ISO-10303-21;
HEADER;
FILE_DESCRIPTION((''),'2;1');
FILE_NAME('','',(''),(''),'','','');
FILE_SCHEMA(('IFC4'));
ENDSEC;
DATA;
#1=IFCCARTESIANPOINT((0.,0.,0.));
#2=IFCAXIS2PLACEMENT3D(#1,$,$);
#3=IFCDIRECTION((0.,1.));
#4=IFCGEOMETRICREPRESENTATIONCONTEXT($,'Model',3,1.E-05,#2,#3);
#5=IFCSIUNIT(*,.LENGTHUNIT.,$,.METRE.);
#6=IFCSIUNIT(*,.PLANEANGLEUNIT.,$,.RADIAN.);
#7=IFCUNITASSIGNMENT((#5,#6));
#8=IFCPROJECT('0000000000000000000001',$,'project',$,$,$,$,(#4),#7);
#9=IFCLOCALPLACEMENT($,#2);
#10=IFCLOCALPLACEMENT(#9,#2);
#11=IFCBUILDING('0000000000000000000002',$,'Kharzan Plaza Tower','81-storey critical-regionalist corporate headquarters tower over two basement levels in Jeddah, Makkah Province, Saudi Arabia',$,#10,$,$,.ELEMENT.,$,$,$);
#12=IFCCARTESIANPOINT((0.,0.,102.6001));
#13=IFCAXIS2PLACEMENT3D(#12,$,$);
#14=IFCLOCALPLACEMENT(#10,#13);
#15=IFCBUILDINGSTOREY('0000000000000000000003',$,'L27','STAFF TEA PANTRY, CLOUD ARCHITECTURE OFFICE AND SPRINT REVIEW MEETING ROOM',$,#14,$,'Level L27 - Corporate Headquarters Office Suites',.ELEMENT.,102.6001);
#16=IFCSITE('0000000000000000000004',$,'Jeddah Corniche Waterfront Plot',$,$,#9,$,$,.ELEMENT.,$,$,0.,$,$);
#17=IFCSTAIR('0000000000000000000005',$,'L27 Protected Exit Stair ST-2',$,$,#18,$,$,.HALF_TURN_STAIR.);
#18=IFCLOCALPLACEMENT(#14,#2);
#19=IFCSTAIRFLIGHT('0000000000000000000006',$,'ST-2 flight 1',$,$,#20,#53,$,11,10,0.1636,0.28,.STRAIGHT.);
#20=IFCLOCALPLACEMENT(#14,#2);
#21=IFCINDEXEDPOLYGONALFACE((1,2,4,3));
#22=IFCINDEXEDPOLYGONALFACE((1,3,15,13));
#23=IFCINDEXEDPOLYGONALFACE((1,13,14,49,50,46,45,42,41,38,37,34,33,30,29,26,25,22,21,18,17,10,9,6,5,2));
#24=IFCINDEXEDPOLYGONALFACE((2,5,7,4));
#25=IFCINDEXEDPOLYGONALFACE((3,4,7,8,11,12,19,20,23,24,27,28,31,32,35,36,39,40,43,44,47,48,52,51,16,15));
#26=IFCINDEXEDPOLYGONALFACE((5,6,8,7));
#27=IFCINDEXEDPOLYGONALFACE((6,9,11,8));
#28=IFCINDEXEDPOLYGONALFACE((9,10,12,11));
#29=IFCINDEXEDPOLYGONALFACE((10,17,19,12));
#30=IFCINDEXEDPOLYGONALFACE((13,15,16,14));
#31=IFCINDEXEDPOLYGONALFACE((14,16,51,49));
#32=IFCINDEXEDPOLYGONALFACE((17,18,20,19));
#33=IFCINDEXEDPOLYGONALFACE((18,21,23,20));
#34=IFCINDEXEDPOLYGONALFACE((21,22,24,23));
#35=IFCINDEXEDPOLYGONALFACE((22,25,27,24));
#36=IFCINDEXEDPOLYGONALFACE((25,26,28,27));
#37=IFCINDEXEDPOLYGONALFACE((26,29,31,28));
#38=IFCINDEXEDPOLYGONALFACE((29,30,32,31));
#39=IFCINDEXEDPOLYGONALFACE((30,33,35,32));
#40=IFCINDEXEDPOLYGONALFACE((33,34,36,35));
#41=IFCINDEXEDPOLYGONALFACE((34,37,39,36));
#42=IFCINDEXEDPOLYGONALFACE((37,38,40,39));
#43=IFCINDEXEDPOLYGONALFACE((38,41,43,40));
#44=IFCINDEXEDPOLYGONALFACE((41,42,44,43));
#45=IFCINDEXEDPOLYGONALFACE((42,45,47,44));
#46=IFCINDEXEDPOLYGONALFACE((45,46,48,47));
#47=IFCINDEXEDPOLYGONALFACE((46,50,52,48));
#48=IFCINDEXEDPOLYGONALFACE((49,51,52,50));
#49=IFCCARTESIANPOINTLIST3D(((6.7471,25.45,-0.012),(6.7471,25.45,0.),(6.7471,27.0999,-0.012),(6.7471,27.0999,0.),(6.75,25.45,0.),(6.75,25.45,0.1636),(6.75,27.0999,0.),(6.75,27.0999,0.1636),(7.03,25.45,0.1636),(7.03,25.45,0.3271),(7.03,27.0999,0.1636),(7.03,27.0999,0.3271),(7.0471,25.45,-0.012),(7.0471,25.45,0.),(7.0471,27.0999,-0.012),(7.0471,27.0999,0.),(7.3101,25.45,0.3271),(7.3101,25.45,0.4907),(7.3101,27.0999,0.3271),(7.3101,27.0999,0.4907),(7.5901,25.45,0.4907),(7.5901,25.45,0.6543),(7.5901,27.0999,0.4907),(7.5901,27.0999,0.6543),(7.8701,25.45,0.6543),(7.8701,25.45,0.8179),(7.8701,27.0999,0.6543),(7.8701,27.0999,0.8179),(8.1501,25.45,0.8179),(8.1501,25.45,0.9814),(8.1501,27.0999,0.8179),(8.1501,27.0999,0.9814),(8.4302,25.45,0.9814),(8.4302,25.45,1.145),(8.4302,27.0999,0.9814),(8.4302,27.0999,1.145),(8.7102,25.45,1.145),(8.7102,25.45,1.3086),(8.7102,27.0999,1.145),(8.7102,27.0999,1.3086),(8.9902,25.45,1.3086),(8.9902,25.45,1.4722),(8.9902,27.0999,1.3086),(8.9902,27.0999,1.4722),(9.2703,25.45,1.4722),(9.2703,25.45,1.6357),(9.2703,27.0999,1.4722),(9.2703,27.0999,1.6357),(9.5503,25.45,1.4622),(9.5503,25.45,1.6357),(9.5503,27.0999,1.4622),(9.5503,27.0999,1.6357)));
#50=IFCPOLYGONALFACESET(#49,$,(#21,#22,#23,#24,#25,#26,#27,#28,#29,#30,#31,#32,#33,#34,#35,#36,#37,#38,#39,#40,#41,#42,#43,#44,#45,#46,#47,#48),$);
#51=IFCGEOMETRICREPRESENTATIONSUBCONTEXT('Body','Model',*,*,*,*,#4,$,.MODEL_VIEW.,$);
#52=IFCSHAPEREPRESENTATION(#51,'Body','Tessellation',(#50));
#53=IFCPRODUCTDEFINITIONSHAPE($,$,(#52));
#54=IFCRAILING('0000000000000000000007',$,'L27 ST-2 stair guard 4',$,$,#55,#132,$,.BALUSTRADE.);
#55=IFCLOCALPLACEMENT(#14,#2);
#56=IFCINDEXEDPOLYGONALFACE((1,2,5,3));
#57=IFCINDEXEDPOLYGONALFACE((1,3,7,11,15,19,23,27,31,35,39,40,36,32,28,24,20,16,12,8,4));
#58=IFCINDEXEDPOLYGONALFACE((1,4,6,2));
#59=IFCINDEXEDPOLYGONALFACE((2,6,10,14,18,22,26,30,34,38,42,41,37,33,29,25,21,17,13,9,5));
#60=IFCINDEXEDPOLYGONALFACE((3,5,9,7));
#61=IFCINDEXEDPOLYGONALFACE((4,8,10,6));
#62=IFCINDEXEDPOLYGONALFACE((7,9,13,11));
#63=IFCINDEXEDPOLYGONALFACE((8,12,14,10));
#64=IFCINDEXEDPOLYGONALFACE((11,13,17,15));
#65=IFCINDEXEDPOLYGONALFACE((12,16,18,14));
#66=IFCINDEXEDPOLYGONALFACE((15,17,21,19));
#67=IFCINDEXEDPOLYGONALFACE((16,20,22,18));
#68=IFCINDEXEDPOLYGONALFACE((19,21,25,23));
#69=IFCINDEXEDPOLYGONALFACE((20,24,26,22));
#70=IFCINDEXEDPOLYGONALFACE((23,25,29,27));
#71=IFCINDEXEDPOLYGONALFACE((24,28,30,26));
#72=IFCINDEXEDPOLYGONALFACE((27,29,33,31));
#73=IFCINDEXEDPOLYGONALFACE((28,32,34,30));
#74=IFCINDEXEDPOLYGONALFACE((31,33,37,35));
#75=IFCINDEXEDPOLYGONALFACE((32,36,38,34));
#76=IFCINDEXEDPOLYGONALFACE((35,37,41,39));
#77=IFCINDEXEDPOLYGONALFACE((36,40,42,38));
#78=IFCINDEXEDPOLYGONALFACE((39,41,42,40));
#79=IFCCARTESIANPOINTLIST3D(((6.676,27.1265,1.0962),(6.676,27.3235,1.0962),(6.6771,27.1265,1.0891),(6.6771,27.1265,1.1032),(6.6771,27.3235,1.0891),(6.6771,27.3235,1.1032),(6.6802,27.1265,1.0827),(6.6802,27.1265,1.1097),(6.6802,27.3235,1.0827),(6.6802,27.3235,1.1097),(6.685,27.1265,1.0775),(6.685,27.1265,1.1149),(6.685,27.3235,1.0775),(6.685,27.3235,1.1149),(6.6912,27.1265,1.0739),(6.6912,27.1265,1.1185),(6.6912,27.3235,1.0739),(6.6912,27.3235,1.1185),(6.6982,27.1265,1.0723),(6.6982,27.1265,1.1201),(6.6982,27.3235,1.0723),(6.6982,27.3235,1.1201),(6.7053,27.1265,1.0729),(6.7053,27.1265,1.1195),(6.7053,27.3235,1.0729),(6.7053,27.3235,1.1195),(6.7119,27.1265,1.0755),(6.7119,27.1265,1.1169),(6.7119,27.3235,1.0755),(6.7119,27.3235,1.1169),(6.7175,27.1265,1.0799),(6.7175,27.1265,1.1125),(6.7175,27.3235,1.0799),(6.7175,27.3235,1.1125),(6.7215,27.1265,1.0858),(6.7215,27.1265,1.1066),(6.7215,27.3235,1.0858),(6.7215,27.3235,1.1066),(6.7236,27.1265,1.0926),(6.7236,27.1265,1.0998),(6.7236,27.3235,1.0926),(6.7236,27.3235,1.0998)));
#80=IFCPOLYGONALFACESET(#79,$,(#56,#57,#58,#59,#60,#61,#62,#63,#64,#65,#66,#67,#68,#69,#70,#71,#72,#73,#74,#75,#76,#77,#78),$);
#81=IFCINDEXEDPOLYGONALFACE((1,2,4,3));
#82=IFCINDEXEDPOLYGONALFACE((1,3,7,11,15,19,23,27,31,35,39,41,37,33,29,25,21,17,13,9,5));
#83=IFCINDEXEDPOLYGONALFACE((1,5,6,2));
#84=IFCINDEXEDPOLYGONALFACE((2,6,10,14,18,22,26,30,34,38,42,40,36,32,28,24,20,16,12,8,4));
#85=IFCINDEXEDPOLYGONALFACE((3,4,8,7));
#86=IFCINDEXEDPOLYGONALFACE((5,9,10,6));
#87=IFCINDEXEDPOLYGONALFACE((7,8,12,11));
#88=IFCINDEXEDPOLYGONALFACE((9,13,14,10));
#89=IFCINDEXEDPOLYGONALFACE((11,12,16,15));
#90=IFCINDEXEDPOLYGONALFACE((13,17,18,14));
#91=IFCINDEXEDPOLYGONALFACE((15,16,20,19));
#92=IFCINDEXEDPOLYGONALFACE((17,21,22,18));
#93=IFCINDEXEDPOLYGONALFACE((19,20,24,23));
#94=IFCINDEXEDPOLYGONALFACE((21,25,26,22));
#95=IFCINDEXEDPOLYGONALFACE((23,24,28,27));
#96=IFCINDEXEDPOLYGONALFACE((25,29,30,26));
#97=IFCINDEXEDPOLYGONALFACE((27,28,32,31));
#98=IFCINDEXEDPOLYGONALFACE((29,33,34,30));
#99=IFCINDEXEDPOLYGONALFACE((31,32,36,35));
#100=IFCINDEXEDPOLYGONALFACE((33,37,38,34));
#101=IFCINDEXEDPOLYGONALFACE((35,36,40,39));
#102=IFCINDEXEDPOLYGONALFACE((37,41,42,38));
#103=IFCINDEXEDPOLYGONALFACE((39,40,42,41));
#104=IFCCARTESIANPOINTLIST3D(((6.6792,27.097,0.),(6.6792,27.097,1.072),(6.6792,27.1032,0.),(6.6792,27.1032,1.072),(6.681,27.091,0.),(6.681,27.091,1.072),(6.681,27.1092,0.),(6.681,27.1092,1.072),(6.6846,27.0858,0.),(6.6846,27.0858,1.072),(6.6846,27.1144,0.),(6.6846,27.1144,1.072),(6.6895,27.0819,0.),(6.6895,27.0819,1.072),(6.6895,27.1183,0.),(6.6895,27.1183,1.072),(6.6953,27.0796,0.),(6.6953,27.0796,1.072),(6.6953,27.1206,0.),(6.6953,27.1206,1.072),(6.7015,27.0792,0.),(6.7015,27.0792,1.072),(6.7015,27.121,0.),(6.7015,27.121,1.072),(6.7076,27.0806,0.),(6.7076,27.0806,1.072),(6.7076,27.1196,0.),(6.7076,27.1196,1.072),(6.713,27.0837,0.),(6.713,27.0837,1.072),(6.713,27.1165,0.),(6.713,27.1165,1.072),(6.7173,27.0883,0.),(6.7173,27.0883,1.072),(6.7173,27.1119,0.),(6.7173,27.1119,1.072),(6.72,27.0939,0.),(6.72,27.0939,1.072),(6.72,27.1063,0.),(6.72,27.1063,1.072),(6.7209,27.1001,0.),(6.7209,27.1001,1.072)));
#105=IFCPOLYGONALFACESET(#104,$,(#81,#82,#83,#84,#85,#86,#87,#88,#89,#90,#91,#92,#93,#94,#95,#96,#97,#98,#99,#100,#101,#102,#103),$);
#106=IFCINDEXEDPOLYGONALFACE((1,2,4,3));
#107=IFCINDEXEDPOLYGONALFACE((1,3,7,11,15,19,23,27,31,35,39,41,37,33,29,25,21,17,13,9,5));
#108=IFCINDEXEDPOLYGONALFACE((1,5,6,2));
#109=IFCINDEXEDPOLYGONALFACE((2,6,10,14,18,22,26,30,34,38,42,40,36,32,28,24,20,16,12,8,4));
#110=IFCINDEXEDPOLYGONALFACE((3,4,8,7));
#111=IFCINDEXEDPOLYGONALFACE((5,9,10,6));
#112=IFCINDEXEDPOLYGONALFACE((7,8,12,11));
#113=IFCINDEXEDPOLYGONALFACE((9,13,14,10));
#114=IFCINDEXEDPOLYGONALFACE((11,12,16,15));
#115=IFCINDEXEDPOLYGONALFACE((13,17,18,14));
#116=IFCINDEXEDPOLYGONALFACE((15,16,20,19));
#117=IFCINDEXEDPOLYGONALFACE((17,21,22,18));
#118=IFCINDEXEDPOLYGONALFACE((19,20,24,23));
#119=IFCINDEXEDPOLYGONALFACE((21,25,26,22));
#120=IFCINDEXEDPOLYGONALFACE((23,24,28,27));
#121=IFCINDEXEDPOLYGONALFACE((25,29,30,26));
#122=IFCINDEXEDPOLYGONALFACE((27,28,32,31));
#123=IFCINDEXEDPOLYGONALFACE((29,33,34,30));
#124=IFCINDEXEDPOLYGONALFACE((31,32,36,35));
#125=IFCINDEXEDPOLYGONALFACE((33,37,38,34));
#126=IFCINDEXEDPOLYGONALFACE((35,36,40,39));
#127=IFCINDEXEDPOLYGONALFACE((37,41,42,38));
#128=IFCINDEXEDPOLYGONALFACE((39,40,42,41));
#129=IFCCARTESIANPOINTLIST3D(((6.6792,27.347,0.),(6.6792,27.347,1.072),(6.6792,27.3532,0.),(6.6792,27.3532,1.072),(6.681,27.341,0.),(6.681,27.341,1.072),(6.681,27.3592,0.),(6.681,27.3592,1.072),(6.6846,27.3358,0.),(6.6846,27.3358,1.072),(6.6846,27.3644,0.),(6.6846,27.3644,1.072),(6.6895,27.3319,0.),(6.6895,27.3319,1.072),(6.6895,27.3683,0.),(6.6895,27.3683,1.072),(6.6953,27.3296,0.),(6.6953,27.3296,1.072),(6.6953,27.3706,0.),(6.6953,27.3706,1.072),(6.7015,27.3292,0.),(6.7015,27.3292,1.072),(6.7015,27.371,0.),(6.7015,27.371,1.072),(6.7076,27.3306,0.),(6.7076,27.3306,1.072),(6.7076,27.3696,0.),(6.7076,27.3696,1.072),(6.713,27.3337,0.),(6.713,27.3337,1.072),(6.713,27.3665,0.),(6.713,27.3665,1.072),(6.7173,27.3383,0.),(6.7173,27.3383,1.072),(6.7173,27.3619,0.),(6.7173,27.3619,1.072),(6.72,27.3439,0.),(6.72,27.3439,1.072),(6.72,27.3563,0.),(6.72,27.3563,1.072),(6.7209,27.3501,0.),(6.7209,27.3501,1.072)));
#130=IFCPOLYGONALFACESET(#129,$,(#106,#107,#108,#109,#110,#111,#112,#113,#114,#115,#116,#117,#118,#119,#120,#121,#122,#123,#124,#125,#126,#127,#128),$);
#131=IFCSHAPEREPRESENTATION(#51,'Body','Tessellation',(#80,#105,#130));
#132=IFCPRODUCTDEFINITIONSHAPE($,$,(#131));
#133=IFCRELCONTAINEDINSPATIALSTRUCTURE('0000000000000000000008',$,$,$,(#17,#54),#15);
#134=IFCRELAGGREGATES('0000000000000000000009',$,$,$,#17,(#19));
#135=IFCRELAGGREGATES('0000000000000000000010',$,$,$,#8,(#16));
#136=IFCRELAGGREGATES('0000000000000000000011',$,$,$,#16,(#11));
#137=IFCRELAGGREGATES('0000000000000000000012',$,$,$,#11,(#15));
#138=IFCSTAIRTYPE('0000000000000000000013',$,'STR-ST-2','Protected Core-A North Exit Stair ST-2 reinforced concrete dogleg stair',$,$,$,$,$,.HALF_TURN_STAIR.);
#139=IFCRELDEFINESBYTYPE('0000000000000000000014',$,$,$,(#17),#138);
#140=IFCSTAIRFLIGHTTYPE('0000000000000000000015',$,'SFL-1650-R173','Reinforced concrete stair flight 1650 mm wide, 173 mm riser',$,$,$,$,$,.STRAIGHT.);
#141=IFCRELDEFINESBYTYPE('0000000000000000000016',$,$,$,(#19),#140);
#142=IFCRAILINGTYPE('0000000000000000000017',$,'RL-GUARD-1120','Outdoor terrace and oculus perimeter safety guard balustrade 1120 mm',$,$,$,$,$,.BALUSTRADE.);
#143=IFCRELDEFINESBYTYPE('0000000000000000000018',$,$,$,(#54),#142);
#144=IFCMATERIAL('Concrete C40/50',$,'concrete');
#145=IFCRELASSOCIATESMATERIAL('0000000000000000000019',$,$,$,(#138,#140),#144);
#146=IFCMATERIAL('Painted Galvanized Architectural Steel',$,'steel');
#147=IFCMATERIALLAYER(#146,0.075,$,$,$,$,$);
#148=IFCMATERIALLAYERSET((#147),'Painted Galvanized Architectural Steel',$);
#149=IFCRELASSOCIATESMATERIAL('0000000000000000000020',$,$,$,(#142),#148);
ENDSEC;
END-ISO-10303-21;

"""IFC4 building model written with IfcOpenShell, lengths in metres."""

from ifc_helpers import new_model, si_unit, direction, frame, origin, origin_2d, place, context, subcontext, project, spatial, polyline, circle, outline, extrude, source, transform, mapped, material, layer, layer_set, type_object, element, aggregate, save


model = new_model("IFC4")

# Units and contexts
model_context = context("Model", 3, precision=1e-05, world=origin(), true_north=direction((0.0, 1.0)))
body_context = subcontext(model_context, "Body", "Model", "MODEL_VIEW")
ifc_project = project(units=[si_unit("LENGTHUNIT", "METRE"), si_unit("PLANEANGLEUNIT", "RADIAN")], contexts=[model_context])

# Site, building, storey
site_placement = place(None, origin())
site = spatial("IfcSite", under=ifc_project, at=site_placement, Name="Jeddah Corniche Waterfront Plot", CompositionType="ELEMENT", RefElevation=0.0)
building_placement = place(site_placement, origin())
building = spatial("IfcBuilding", under=site, at=building_placement, Name="Kharzan Plaza Tower", Description="81-storey critical-regionalist corporate headquarters tower over two basement levels in Jeddah, Makkah Province, Saudi Arabia", CompositionType="ELEMENT")
storey_placement = place(building_placement, frame((0.0, 0.0, 102.6001)))
storey = spatial("IfcBuildingStorey", under=building, at=storey_placement, Name="L27", Description="STAFF TEA PANTRY, CLOUD ARCHITECTURE OFFICE AND SPRINT REVIEW MEETING ROOM", LongName="Level L27 - Corporate Headquarters Office Suites", CompositionType="ELEMENT", Elevation=102.6001)

# Shared definitions
ifc_material_1 = material(Name="Concrete C40/50", Category="concrete")

# Stair, stair flight
stair_type = type_object("IfcStairType", Name="STR-ST-2", Description="Protected Core-A North Exit Stair ST-2 reinforced concrete dogleg stair", PredefinedType="HALF_TURN_STAIR", material=ifc_material_1)
stair_placement = place(storey_placement, origin())
stair = element("IfcStair", 1, at=stair_placement, inside=storey, type_object=stair_type, Name="L27 Protected Exit Stair ST-2", PredefinedType="HALF_TURN_STAIR")
stair_flight_type = type_object("IfcStairFlightType", Name="SFL-1650-R173", Description="Reinforced concrete stair flight 1650 mm wide, 173 mm riser", PredefinedType="STRAIGHT", material=ifc_material_1)
shared_shape_1 = source(origin(), body_context, "Body", "SweptSolid", [
    extrude(outline(polyline([(-0.0029, -0.012), (-0.0029, 0.0), (0.0, 0.0), (0.0, 0.1636), (0.28, 0.1636), (0.28, 0.3271), (0.5601, 0.3271), (0.5601, 0.4907), (0.8401, 0.4907), (0.8401, 0.6543), (1.1201, 0.6543), (1.1201, 0.8179), (1.4001, 0.8179), (1.4001, 0.9814), (1.6802, 0.9814), (1.6802, 1.145), (1.9602, 1.145), (1.9602, 1.3086), (2.2402, 1.3086), (2.2402, 1.4722), (2.5203, 1.4722), (2.5203, 1.6357), (2.8003, 1.6357), (2.8003, 1.7993), (2.8003, 1.4622), (0.2971, 0.0), (0.2971, -0.012), (-0.0029, -0.012)])), frame((0.0, 0.825, 0.0), z_axis=(0.0, -1.0, 0.0), x_axis=(1.0, 0.0, 0.0)), (0.0, 0.0, 1.0), 1.6499),
])
stair_flight_placement = place(storey_placement, frame((6.75, 26.2749, 0.0), z_axis=(0.0, 0.0, 1.0), x_axis=(1.0, 0.0, 0.0)))
stair_flight = element("IfcStairFlight", 2, at=stair_flight_placement, type_object=stair_flight_type, Name="ST-2 flight 1", NumberOfRisers=11, NumberOfTreads=10, PredefinedType="STRAIGHT", RiserHeight=0.1636, TreadLength=0.28, context=body_context, shape_type="MappedRepresentation", body=[
    mapped(shared_shape_1, transform((0.0, 0.0, 0.0), x_axis=(1.0, 0.0, 0.0), y_axis=(0.0, 1.0, 0.0), z_axis=(0.0, 0.0, 1.0))),
])
aggregate(stair, [stair_flight])

# Railing
ifc_material_2 = material(Name="Painted Galvanized Architectural Steel", Category="steel")
ifc_layer_1 = layer(ifc_material_2, 0.075)
ifc_layer_set_1 = layer_set([ifc_layer_1], Name="Painted Galvanized Architectural Steel")
railing_type_1 = type_object("IfcRailingType", Name="RL-GUARD-1120", Description="Outdoor terrace and oculus perimeter safety guard balustrade 1120 mm", PredefinedType="BALUSTRADE", material=ifc_layer_set_1)
shared_shape_2 = source(origin(), body_context, "Body", "SweptSolid", [
    extrude(circle(Radius=0.0239, at=origin_2d()), frame((0.0, 0.0264, 1.0962), z_axis=(0.0, 1.0, 0.0), x_axis=(-1.0, 0.0, 0.0)), (0.0, 0.0, 1.0), 0.197),
    extrude(circle(Radius=0.021, at=origin_2d()), origin(), (0.0, 0.0, 1.0), 1.072),
    extrude(circle(Radius=0.021, at=origin_2d()), frame((0.0, 0.25, 0.0)), (0.0, 0.0, 1.0), 1.072),
])
railing_1_placement = place(storey_placement, frame((6.7, 27.1001, 0.0)))
element("IfcRailing", 3, at=railing_1_placement, inside=storey, type_object=railing_type_1, Name="L27 ST-2 stair guard 4", PredefinedType="BALUSTRADE", context=body_context, shape_type="MappedRepresentation", body=[
    mapped(shared_shape_2, transform((0.0, 0.0, 0.0), x_axis=(1.0, 0.0, 0.0), y_axis=(0.0, 1.0, 0.0), z_axis=(0.0, 0.0, 1.0))),
])

save(model, "model.ifc")
